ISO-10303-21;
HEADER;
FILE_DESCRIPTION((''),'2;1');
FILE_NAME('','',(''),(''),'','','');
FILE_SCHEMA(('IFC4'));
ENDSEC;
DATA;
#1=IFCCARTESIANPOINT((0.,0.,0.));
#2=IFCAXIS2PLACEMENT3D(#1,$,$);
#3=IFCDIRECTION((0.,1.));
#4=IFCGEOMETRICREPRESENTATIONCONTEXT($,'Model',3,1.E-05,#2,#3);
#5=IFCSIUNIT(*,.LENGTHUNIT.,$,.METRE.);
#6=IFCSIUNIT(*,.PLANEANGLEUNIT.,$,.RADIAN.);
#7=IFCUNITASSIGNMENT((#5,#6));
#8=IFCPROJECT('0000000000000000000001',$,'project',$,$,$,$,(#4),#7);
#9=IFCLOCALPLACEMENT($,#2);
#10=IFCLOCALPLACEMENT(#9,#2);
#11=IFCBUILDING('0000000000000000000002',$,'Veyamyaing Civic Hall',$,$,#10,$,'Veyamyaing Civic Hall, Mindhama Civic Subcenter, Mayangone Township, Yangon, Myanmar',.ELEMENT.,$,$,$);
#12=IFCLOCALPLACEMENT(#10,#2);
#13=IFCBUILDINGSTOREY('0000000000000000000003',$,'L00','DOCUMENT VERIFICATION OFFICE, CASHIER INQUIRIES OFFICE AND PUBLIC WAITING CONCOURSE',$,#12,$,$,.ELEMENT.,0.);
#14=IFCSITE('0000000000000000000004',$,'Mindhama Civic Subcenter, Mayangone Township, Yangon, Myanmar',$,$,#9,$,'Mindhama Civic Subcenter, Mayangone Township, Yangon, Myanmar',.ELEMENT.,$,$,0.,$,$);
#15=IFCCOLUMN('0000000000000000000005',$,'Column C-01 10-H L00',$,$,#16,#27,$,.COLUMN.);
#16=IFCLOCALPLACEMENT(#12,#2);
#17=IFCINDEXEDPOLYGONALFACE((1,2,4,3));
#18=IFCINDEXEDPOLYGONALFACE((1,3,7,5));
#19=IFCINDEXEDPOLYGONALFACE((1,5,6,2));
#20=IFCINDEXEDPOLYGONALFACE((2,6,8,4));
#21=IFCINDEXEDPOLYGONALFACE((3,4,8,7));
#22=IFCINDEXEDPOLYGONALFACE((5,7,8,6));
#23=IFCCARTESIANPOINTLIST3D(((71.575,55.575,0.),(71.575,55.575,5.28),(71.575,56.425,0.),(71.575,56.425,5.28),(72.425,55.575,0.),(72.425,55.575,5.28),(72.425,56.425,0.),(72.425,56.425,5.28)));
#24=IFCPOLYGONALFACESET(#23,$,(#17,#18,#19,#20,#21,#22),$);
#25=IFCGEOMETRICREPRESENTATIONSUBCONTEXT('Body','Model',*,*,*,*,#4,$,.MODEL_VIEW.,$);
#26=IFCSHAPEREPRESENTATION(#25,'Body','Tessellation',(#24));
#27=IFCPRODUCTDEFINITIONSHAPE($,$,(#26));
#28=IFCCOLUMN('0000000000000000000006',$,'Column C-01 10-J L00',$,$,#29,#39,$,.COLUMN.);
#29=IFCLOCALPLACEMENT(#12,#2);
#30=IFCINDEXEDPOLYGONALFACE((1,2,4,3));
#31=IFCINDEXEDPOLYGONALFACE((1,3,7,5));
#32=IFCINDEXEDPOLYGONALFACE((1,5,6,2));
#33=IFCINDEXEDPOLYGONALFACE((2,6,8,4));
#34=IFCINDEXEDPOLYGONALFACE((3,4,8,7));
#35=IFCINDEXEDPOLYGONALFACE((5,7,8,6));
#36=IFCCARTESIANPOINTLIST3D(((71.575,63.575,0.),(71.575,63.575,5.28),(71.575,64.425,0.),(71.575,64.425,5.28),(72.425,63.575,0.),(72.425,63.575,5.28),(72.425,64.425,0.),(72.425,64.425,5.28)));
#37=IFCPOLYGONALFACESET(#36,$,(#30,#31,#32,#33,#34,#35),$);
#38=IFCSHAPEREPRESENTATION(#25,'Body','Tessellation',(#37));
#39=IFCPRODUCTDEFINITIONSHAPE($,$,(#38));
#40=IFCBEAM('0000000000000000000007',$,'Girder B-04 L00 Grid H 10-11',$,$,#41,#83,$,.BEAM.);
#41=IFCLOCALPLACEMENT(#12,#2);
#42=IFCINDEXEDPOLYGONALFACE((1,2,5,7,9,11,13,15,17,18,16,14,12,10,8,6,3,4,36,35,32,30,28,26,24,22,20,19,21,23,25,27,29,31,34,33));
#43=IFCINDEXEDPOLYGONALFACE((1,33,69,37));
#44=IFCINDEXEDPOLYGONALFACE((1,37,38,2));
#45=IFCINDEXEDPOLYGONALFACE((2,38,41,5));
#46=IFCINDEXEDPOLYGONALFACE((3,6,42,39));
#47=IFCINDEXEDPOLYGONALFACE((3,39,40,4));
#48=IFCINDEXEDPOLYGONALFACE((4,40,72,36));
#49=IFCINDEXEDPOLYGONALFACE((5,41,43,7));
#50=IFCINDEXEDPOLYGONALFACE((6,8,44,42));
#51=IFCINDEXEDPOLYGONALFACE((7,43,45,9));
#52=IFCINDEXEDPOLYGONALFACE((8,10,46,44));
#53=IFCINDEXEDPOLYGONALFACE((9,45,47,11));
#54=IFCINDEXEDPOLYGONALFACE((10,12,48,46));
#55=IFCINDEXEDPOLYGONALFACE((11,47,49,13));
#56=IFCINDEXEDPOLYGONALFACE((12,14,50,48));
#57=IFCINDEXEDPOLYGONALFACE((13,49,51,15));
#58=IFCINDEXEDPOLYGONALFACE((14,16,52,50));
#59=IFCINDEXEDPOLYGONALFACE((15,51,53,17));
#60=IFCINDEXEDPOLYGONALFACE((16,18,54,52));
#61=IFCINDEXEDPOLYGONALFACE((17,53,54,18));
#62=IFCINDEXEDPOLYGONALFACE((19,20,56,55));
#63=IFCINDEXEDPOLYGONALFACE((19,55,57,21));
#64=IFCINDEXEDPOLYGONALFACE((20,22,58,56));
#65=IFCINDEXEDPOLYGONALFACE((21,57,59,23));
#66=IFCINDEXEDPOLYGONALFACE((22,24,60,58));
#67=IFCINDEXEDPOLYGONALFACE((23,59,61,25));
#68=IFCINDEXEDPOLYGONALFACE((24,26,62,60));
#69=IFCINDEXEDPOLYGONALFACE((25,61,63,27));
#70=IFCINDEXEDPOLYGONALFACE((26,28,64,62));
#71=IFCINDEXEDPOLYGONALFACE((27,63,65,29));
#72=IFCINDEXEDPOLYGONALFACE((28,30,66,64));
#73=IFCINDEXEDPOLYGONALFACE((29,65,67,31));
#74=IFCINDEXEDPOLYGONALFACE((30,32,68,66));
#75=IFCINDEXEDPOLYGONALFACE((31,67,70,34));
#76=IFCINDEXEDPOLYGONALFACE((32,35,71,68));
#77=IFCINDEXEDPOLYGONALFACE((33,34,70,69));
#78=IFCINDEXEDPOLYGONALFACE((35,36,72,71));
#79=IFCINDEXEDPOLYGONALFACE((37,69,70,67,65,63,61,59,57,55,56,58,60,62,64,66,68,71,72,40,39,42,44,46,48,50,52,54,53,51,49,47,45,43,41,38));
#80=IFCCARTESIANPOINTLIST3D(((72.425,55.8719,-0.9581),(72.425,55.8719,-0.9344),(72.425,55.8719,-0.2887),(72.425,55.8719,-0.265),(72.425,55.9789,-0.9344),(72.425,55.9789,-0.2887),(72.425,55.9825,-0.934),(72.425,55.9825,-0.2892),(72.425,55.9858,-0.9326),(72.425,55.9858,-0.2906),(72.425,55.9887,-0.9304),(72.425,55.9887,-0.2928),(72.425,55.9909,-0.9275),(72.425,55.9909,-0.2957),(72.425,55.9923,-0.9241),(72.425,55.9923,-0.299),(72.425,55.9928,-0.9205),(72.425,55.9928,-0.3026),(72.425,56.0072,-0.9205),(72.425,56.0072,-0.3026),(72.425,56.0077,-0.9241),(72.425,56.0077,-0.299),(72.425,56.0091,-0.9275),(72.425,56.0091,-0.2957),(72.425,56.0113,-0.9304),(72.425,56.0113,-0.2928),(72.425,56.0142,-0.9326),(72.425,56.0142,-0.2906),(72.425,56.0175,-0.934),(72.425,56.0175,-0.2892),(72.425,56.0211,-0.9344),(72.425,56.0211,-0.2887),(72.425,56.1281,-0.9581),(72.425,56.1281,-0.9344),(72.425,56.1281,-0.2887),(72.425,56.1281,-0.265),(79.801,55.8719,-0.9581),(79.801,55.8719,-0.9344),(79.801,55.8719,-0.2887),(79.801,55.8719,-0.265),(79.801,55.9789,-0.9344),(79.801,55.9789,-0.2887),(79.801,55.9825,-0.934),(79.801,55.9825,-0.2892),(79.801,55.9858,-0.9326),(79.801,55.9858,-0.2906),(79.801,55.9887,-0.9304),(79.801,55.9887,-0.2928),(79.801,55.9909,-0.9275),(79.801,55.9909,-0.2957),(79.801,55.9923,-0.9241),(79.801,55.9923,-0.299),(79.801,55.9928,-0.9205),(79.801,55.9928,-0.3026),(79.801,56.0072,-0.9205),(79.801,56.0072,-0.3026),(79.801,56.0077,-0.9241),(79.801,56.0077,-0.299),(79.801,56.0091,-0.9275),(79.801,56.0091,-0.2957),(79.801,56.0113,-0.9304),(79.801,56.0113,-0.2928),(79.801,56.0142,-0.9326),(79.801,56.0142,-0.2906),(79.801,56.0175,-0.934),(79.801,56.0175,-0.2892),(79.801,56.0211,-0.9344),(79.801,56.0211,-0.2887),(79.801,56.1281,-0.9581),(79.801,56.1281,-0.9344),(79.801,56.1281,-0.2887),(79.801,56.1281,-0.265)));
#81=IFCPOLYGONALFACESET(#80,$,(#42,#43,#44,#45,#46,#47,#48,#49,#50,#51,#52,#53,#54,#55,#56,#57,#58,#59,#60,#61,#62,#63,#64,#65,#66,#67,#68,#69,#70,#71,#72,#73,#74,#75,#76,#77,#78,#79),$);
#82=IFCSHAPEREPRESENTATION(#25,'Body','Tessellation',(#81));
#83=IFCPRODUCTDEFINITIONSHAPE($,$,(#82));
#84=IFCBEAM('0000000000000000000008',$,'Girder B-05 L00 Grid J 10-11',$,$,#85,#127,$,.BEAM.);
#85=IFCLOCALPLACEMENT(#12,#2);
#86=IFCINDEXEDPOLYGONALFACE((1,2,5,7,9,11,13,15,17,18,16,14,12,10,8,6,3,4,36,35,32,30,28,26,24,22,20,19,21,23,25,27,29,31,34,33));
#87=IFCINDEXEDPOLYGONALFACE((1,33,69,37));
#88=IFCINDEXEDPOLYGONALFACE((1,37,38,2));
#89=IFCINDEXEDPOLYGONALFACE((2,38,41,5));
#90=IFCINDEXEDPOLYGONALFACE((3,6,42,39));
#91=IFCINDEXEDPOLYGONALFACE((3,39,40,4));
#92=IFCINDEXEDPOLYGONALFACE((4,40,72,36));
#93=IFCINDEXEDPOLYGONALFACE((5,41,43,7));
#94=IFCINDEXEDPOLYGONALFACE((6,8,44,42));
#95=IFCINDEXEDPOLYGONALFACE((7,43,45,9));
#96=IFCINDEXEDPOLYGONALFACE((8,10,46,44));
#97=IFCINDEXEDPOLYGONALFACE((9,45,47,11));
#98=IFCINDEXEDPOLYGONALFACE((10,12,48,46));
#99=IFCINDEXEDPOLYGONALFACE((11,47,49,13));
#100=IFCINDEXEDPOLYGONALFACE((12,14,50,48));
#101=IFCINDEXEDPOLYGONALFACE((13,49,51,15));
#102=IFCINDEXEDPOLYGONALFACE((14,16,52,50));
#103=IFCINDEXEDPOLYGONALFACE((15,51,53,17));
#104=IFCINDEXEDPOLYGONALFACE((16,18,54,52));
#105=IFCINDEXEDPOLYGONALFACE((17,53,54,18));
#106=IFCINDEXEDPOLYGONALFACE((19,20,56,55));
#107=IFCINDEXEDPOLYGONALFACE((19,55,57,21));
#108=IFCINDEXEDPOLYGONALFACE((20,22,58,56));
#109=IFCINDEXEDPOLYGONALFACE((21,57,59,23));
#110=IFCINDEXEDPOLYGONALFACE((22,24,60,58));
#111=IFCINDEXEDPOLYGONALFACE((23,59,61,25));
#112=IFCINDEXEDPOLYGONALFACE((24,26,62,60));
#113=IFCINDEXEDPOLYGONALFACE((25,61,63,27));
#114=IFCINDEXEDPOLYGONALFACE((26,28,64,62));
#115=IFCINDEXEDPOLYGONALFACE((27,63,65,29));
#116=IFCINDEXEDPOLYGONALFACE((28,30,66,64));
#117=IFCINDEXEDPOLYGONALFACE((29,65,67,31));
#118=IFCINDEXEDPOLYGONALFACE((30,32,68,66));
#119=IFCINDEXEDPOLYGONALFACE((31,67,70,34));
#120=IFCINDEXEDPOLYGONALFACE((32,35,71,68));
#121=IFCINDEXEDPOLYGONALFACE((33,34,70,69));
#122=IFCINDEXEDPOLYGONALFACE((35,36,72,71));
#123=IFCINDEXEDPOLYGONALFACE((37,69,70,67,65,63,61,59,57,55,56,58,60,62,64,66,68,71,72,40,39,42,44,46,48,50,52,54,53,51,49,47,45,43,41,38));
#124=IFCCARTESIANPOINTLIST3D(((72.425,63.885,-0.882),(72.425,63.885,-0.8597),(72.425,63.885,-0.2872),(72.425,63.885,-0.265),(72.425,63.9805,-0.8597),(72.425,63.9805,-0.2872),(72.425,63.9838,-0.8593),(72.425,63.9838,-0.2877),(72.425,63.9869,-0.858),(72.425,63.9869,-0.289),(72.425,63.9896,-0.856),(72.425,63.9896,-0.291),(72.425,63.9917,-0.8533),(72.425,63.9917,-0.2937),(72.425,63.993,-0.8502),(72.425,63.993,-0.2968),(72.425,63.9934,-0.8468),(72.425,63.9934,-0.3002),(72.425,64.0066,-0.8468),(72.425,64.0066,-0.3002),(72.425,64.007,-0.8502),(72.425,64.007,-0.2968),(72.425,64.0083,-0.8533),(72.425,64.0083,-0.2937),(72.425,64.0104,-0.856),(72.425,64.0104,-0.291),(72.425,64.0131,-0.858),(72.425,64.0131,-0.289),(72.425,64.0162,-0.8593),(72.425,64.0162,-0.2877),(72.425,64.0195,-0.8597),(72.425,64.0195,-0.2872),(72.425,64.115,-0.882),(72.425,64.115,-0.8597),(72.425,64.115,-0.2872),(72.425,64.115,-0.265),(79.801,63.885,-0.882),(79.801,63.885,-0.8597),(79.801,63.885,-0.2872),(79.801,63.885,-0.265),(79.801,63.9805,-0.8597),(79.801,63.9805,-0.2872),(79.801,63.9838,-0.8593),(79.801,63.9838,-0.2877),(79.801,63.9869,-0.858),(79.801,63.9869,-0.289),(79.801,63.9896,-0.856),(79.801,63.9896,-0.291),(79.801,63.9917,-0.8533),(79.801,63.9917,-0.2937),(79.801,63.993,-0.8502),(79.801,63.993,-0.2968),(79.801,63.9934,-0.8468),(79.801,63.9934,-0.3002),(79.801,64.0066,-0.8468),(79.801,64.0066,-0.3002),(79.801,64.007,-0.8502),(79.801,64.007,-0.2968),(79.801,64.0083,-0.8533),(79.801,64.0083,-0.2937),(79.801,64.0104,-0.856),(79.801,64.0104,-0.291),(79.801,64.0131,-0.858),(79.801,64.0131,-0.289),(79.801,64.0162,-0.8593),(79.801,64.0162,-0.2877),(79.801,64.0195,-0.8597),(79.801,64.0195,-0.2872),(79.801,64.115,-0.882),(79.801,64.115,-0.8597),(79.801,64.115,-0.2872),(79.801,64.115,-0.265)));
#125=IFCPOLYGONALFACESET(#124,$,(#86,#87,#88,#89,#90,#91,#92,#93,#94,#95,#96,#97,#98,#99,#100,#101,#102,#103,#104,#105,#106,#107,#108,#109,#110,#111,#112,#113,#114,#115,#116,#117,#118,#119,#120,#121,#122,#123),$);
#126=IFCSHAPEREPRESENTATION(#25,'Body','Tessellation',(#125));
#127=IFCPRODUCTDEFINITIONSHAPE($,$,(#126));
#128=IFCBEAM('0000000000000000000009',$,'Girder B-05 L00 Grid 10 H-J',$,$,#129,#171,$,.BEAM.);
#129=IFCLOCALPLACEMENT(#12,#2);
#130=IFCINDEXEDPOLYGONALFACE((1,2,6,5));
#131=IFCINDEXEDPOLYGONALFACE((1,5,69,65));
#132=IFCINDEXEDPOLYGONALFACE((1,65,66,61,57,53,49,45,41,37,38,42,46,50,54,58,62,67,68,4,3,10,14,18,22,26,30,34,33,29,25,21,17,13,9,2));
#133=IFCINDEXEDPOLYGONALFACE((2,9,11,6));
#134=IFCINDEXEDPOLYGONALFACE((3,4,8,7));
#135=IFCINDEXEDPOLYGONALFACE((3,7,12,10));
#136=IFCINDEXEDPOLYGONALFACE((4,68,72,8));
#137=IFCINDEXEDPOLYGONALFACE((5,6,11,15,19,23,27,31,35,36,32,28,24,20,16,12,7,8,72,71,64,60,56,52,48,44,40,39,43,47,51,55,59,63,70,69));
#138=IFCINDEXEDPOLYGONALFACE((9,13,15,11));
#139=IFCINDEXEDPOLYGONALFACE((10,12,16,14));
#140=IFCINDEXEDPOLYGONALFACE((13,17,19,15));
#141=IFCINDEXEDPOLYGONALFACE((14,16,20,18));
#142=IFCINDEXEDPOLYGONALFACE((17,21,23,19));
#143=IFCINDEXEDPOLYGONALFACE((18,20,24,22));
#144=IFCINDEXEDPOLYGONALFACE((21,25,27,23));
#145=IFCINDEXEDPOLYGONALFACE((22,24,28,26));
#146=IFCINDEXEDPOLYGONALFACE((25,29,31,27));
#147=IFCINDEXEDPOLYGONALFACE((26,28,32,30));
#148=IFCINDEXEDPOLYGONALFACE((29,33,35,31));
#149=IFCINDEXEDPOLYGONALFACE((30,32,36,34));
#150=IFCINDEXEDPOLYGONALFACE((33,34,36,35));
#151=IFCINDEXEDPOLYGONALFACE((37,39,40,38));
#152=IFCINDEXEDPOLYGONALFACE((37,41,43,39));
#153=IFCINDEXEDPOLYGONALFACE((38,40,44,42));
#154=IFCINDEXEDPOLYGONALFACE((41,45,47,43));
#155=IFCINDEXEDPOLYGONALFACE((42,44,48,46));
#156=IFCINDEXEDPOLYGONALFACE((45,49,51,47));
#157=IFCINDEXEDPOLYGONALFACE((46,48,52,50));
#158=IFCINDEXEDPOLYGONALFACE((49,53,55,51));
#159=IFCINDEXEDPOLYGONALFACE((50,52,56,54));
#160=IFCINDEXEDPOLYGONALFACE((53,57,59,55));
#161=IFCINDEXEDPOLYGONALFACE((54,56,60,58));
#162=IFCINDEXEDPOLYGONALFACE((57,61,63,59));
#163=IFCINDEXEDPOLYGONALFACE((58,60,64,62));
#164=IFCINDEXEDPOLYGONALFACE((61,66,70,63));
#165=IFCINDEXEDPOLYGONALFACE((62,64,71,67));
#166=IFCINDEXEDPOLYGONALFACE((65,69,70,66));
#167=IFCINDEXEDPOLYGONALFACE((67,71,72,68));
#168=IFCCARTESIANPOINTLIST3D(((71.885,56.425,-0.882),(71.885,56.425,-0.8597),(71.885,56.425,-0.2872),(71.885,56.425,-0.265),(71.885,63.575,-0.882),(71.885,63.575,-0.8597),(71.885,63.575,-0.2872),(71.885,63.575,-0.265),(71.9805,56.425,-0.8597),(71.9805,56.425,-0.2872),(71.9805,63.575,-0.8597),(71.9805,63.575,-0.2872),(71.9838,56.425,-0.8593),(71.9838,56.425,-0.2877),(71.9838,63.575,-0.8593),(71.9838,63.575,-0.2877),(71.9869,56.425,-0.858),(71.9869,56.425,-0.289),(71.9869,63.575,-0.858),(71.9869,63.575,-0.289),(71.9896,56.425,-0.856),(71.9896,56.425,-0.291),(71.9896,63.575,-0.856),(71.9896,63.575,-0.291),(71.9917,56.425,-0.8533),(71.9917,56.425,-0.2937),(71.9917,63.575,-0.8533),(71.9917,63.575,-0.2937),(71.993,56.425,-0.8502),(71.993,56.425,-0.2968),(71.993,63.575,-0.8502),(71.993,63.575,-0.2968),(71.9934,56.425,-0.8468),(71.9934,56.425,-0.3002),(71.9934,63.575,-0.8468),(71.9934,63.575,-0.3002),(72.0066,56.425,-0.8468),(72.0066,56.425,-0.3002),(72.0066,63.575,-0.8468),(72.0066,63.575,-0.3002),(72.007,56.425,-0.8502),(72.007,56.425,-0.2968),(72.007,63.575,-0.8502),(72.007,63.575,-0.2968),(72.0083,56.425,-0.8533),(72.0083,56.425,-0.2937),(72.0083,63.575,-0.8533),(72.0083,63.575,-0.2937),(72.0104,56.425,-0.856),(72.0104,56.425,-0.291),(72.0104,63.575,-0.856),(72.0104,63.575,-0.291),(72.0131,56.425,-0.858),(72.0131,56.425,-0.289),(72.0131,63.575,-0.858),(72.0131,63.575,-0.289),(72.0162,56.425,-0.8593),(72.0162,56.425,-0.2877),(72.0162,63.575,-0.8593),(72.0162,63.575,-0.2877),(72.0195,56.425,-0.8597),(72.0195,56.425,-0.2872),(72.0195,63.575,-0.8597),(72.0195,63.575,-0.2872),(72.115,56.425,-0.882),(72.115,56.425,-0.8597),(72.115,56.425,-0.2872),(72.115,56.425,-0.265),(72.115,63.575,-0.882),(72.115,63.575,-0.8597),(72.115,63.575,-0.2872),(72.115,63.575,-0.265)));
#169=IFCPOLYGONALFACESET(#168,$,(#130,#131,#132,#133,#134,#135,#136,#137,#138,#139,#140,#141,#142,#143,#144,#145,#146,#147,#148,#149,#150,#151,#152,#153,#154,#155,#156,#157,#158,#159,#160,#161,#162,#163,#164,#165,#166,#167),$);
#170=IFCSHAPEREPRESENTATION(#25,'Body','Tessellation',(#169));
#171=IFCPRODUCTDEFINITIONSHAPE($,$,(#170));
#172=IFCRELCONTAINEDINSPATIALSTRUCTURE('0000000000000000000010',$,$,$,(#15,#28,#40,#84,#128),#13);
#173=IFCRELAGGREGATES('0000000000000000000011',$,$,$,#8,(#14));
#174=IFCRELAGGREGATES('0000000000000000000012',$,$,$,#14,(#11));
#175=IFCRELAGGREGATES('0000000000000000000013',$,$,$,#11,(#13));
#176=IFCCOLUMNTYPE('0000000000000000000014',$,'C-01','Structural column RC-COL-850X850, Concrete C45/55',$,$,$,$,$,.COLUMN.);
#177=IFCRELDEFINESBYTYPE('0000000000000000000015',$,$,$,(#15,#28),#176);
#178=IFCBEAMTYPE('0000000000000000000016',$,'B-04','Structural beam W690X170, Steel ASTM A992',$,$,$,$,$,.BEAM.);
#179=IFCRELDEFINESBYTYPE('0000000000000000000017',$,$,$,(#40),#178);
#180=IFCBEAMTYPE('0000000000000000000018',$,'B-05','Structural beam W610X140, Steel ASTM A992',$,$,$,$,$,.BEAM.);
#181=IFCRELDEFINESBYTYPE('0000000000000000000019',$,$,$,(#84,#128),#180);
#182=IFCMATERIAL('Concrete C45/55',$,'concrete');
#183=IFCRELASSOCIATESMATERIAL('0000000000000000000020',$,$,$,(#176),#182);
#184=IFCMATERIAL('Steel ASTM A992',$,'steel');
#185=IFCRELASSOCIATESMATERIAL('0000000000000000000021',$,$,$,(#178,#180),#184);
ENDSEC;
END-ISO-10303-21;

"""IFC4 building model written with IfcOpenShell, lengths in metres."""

from ifc_helpers import new_model, si_unit, direction, frame, origin, origin_2d, place, context, subcontext, project, spatial, rectangle, i_section, extrude, material, material_profile, profile_set, type_object, element, save


model = new_model("IFC4")

# Units and contexts
model_context = context("Model", 3, precision=1e-05, world=origin(), true_north=direction((0.0, 1.0)))
body_context = subcontext(model_context, "Body", "Model", "MODEL_VIEW")
ifc_project = project(units=[si_unit("LENGTHUNIT", "METRE"), si_unit("PLANEANGLEUNIT", "RADIAN")], contexts=[model_context])

# Site, building, storey
site_placement = place(None, origin())
site = spatial("IfcSite", under=ifc_project, at=site_placement, Name="Mindhama Civic Subcenter, Mayangone Township, Yangon, Myanmar", LongName="Mindhama Civic Subcenter, Mayangone Township, Yangon, Myanmar", CompositionType="ELEMENT", RefElevation=0.0)
building_placement = place(site_placement, origin())
building = spatial("IfcBuilding", under=site, at=building_placement, Name="Veyamyaing Civic Hall", LongName="Veyamyaing Civic Hall, Mindhama Civic Subcenter, Mayangone Township, Yangon, Myanmar", CompositionType="ELEMENT")
storey_placement = place(building_placement, origin())
storey = spatial("IfcBuildingStorey", under=building, at=storey_placement, Name="L00", Description="DOCUMENT VERIFICATION OFFICE, CASHIER INQUIRIES OFFICE AND PUBLIC WAITING CONCOURSE", CompositionType="ELEMENT", Elevation=0.0)

# Columns
ifc_material_1 = material(Name="Concrete C45/55", Category="concrete")
ifc_material_profile_1 = material_profile(ifc_material_1, rectangle(XDim=0.8501, YDim=0.8501, at=origin_2d()), Name="RC-COL-850X850")
ifc_profile_set_1 = profile_set([ifc_material_profile_1], Name="Concrete C45/55")
column_type = type_object("IfcColumnType", Name="C-01", Description="Structural column RC-COL-850X850, Concrete C45/55", PredefinedType="COLUMN", material=ifc_profile_set_1)
for number, where, z_axis, x_axis, name in (
    (1, (72.0, 56.0, 0.0), (0.0, 0.0, 1.0), (1.0, 0.0, 0.0), "Column C-01 10-H L00"),
    (2, (72.0, 64.0, 0.0), (0.0, 0.0, 1.0), (1.0, 0.0, 0.0), "Column C-01 10-J L00"),
):
    element("IfcColumn", number, at=place(storey_placement, frame(where, z_axis=z_axis, x_axis=x_axis)), inside=storey, type_object=column_type, Name=name, PredefinedType="COLUMN", context=body_context, shape_type="SweptSolid", body=[
        extrude(rectangle(XDim=0.8501, YDim=0.8501, at=origin_2d()), origin(), (0.0, 0.0, 1.0), 5.28),
    ])

# Beams
ifc_material_2 = material(Name="Steel ASTM A992", Category="steel")
ifc_material_profile_2 = material_profile(ifc_material_2, i_section(OverallWidth=0.2561, OverallDepth=0.6931, WebThickness=0.0144, FlangeThickness=0.0237, FilletRadius=0.0139, at=origin_2d()), Name="W690X170")
ifc_profile_set_2 = profile_set([ifc_material_profile_2], Name="Steel ASTM A992")
beam_type_1 = type_object("IfcBeamType", Name="B-04", Description="Structural beam W690X170, Steel ASTM A992", PredefinedType="BEAM", material=ifc_profile_set_2)
beam_1_placement = place(storey_placement, frame((72.425, 56.0, -0.6116), z_axis=(1.0, 0.0, 0.0), x_axis=(0.0, 1.0, 0.0)))
element("IfcBeam", 3, at=beam_1_placement, inside=storey, type_object=beam_type_1, Name="Girder B-04 L00 Grid H 10-11", PredefinedType="BEAM", context=body_context, shape_type="SweptSolid", body=[
    extrude(i_section(OverallWidth=0.2561, OverallDepth=0.6931, WebThickness=0.0144, FlangeThickness=0.0237, FilletRadius=0.0139, at=origin_2d()), origin(), (0.0, 0.0, 1.0), 7.376),
])
ifc_material_profile_3 = material_profile(ifc_material_2, i_section(OverallWidth=0.23, OverallDepth=0.6169, WebThickness=0.0132, FlangeThickness=0.0222, FilletRadius=0.0129, at=origin_2d()), Name="W610X140")
ifc_profile_set_3 = profile_set([ifc_material_profile_3], Name="Steel ASTM A992")
beam_type_2 = type_object("IfcBeamType", Name="B-05", Description="Structural beam W610X140, Steel ASTM A992", PredefinedType="BEAM", material=ifc_profile_set_3)
beam_2_placement = place(storey_placement, frame((72.425, 64.0, -0.5735), z_axis=(1.0, 0.0, 0.0), x_axis=(0.0, 1.0, 0.0)))
element("IfcBeam", 4, at=beam_2_placement, inside=storey, type_object=beam_type_2, Name="Girder B-05 L00 Grid J 10-11", PredefinedType="BEAM", context=body_context, shape_type="SweptSolid", body=[
    extrude(i_section(OverallWidth=0.23, OverallDepth=0.6169, WebThickness=0.0132, FlangeThickness=0.0222, FilletRadius=0.0129, at=origin_2d()), origin(), (0.0, 0.0, 1.0), 7.376),
])
beam_3_placement = place(storey_placement, frame((72.0, 56.425, -0.5735), z_axis=(0.0, 1.0, 0.0), x_axis=(-1.0, 0.0, 0.0)))
element("IfcBeam", 5, at=beam_3_placement, inside=storey, type_object=beam_type_2, Name="Girder B-05 L00 Grid 10 H-J", PredefinedType="BEAM", context=body_context, shape_type="SweptSolid", body=[
    extrude(i_section(OverallWidth=0.23, OverallDepth=0.6169, WebThickness=0.0132, FlangeThickness=0.0222, FilletRadius=0.0129, at=origin_2d()), origin(), (0.0, 0.0, 1.0), 7.1499),
])

save(model, "model.ifc")
